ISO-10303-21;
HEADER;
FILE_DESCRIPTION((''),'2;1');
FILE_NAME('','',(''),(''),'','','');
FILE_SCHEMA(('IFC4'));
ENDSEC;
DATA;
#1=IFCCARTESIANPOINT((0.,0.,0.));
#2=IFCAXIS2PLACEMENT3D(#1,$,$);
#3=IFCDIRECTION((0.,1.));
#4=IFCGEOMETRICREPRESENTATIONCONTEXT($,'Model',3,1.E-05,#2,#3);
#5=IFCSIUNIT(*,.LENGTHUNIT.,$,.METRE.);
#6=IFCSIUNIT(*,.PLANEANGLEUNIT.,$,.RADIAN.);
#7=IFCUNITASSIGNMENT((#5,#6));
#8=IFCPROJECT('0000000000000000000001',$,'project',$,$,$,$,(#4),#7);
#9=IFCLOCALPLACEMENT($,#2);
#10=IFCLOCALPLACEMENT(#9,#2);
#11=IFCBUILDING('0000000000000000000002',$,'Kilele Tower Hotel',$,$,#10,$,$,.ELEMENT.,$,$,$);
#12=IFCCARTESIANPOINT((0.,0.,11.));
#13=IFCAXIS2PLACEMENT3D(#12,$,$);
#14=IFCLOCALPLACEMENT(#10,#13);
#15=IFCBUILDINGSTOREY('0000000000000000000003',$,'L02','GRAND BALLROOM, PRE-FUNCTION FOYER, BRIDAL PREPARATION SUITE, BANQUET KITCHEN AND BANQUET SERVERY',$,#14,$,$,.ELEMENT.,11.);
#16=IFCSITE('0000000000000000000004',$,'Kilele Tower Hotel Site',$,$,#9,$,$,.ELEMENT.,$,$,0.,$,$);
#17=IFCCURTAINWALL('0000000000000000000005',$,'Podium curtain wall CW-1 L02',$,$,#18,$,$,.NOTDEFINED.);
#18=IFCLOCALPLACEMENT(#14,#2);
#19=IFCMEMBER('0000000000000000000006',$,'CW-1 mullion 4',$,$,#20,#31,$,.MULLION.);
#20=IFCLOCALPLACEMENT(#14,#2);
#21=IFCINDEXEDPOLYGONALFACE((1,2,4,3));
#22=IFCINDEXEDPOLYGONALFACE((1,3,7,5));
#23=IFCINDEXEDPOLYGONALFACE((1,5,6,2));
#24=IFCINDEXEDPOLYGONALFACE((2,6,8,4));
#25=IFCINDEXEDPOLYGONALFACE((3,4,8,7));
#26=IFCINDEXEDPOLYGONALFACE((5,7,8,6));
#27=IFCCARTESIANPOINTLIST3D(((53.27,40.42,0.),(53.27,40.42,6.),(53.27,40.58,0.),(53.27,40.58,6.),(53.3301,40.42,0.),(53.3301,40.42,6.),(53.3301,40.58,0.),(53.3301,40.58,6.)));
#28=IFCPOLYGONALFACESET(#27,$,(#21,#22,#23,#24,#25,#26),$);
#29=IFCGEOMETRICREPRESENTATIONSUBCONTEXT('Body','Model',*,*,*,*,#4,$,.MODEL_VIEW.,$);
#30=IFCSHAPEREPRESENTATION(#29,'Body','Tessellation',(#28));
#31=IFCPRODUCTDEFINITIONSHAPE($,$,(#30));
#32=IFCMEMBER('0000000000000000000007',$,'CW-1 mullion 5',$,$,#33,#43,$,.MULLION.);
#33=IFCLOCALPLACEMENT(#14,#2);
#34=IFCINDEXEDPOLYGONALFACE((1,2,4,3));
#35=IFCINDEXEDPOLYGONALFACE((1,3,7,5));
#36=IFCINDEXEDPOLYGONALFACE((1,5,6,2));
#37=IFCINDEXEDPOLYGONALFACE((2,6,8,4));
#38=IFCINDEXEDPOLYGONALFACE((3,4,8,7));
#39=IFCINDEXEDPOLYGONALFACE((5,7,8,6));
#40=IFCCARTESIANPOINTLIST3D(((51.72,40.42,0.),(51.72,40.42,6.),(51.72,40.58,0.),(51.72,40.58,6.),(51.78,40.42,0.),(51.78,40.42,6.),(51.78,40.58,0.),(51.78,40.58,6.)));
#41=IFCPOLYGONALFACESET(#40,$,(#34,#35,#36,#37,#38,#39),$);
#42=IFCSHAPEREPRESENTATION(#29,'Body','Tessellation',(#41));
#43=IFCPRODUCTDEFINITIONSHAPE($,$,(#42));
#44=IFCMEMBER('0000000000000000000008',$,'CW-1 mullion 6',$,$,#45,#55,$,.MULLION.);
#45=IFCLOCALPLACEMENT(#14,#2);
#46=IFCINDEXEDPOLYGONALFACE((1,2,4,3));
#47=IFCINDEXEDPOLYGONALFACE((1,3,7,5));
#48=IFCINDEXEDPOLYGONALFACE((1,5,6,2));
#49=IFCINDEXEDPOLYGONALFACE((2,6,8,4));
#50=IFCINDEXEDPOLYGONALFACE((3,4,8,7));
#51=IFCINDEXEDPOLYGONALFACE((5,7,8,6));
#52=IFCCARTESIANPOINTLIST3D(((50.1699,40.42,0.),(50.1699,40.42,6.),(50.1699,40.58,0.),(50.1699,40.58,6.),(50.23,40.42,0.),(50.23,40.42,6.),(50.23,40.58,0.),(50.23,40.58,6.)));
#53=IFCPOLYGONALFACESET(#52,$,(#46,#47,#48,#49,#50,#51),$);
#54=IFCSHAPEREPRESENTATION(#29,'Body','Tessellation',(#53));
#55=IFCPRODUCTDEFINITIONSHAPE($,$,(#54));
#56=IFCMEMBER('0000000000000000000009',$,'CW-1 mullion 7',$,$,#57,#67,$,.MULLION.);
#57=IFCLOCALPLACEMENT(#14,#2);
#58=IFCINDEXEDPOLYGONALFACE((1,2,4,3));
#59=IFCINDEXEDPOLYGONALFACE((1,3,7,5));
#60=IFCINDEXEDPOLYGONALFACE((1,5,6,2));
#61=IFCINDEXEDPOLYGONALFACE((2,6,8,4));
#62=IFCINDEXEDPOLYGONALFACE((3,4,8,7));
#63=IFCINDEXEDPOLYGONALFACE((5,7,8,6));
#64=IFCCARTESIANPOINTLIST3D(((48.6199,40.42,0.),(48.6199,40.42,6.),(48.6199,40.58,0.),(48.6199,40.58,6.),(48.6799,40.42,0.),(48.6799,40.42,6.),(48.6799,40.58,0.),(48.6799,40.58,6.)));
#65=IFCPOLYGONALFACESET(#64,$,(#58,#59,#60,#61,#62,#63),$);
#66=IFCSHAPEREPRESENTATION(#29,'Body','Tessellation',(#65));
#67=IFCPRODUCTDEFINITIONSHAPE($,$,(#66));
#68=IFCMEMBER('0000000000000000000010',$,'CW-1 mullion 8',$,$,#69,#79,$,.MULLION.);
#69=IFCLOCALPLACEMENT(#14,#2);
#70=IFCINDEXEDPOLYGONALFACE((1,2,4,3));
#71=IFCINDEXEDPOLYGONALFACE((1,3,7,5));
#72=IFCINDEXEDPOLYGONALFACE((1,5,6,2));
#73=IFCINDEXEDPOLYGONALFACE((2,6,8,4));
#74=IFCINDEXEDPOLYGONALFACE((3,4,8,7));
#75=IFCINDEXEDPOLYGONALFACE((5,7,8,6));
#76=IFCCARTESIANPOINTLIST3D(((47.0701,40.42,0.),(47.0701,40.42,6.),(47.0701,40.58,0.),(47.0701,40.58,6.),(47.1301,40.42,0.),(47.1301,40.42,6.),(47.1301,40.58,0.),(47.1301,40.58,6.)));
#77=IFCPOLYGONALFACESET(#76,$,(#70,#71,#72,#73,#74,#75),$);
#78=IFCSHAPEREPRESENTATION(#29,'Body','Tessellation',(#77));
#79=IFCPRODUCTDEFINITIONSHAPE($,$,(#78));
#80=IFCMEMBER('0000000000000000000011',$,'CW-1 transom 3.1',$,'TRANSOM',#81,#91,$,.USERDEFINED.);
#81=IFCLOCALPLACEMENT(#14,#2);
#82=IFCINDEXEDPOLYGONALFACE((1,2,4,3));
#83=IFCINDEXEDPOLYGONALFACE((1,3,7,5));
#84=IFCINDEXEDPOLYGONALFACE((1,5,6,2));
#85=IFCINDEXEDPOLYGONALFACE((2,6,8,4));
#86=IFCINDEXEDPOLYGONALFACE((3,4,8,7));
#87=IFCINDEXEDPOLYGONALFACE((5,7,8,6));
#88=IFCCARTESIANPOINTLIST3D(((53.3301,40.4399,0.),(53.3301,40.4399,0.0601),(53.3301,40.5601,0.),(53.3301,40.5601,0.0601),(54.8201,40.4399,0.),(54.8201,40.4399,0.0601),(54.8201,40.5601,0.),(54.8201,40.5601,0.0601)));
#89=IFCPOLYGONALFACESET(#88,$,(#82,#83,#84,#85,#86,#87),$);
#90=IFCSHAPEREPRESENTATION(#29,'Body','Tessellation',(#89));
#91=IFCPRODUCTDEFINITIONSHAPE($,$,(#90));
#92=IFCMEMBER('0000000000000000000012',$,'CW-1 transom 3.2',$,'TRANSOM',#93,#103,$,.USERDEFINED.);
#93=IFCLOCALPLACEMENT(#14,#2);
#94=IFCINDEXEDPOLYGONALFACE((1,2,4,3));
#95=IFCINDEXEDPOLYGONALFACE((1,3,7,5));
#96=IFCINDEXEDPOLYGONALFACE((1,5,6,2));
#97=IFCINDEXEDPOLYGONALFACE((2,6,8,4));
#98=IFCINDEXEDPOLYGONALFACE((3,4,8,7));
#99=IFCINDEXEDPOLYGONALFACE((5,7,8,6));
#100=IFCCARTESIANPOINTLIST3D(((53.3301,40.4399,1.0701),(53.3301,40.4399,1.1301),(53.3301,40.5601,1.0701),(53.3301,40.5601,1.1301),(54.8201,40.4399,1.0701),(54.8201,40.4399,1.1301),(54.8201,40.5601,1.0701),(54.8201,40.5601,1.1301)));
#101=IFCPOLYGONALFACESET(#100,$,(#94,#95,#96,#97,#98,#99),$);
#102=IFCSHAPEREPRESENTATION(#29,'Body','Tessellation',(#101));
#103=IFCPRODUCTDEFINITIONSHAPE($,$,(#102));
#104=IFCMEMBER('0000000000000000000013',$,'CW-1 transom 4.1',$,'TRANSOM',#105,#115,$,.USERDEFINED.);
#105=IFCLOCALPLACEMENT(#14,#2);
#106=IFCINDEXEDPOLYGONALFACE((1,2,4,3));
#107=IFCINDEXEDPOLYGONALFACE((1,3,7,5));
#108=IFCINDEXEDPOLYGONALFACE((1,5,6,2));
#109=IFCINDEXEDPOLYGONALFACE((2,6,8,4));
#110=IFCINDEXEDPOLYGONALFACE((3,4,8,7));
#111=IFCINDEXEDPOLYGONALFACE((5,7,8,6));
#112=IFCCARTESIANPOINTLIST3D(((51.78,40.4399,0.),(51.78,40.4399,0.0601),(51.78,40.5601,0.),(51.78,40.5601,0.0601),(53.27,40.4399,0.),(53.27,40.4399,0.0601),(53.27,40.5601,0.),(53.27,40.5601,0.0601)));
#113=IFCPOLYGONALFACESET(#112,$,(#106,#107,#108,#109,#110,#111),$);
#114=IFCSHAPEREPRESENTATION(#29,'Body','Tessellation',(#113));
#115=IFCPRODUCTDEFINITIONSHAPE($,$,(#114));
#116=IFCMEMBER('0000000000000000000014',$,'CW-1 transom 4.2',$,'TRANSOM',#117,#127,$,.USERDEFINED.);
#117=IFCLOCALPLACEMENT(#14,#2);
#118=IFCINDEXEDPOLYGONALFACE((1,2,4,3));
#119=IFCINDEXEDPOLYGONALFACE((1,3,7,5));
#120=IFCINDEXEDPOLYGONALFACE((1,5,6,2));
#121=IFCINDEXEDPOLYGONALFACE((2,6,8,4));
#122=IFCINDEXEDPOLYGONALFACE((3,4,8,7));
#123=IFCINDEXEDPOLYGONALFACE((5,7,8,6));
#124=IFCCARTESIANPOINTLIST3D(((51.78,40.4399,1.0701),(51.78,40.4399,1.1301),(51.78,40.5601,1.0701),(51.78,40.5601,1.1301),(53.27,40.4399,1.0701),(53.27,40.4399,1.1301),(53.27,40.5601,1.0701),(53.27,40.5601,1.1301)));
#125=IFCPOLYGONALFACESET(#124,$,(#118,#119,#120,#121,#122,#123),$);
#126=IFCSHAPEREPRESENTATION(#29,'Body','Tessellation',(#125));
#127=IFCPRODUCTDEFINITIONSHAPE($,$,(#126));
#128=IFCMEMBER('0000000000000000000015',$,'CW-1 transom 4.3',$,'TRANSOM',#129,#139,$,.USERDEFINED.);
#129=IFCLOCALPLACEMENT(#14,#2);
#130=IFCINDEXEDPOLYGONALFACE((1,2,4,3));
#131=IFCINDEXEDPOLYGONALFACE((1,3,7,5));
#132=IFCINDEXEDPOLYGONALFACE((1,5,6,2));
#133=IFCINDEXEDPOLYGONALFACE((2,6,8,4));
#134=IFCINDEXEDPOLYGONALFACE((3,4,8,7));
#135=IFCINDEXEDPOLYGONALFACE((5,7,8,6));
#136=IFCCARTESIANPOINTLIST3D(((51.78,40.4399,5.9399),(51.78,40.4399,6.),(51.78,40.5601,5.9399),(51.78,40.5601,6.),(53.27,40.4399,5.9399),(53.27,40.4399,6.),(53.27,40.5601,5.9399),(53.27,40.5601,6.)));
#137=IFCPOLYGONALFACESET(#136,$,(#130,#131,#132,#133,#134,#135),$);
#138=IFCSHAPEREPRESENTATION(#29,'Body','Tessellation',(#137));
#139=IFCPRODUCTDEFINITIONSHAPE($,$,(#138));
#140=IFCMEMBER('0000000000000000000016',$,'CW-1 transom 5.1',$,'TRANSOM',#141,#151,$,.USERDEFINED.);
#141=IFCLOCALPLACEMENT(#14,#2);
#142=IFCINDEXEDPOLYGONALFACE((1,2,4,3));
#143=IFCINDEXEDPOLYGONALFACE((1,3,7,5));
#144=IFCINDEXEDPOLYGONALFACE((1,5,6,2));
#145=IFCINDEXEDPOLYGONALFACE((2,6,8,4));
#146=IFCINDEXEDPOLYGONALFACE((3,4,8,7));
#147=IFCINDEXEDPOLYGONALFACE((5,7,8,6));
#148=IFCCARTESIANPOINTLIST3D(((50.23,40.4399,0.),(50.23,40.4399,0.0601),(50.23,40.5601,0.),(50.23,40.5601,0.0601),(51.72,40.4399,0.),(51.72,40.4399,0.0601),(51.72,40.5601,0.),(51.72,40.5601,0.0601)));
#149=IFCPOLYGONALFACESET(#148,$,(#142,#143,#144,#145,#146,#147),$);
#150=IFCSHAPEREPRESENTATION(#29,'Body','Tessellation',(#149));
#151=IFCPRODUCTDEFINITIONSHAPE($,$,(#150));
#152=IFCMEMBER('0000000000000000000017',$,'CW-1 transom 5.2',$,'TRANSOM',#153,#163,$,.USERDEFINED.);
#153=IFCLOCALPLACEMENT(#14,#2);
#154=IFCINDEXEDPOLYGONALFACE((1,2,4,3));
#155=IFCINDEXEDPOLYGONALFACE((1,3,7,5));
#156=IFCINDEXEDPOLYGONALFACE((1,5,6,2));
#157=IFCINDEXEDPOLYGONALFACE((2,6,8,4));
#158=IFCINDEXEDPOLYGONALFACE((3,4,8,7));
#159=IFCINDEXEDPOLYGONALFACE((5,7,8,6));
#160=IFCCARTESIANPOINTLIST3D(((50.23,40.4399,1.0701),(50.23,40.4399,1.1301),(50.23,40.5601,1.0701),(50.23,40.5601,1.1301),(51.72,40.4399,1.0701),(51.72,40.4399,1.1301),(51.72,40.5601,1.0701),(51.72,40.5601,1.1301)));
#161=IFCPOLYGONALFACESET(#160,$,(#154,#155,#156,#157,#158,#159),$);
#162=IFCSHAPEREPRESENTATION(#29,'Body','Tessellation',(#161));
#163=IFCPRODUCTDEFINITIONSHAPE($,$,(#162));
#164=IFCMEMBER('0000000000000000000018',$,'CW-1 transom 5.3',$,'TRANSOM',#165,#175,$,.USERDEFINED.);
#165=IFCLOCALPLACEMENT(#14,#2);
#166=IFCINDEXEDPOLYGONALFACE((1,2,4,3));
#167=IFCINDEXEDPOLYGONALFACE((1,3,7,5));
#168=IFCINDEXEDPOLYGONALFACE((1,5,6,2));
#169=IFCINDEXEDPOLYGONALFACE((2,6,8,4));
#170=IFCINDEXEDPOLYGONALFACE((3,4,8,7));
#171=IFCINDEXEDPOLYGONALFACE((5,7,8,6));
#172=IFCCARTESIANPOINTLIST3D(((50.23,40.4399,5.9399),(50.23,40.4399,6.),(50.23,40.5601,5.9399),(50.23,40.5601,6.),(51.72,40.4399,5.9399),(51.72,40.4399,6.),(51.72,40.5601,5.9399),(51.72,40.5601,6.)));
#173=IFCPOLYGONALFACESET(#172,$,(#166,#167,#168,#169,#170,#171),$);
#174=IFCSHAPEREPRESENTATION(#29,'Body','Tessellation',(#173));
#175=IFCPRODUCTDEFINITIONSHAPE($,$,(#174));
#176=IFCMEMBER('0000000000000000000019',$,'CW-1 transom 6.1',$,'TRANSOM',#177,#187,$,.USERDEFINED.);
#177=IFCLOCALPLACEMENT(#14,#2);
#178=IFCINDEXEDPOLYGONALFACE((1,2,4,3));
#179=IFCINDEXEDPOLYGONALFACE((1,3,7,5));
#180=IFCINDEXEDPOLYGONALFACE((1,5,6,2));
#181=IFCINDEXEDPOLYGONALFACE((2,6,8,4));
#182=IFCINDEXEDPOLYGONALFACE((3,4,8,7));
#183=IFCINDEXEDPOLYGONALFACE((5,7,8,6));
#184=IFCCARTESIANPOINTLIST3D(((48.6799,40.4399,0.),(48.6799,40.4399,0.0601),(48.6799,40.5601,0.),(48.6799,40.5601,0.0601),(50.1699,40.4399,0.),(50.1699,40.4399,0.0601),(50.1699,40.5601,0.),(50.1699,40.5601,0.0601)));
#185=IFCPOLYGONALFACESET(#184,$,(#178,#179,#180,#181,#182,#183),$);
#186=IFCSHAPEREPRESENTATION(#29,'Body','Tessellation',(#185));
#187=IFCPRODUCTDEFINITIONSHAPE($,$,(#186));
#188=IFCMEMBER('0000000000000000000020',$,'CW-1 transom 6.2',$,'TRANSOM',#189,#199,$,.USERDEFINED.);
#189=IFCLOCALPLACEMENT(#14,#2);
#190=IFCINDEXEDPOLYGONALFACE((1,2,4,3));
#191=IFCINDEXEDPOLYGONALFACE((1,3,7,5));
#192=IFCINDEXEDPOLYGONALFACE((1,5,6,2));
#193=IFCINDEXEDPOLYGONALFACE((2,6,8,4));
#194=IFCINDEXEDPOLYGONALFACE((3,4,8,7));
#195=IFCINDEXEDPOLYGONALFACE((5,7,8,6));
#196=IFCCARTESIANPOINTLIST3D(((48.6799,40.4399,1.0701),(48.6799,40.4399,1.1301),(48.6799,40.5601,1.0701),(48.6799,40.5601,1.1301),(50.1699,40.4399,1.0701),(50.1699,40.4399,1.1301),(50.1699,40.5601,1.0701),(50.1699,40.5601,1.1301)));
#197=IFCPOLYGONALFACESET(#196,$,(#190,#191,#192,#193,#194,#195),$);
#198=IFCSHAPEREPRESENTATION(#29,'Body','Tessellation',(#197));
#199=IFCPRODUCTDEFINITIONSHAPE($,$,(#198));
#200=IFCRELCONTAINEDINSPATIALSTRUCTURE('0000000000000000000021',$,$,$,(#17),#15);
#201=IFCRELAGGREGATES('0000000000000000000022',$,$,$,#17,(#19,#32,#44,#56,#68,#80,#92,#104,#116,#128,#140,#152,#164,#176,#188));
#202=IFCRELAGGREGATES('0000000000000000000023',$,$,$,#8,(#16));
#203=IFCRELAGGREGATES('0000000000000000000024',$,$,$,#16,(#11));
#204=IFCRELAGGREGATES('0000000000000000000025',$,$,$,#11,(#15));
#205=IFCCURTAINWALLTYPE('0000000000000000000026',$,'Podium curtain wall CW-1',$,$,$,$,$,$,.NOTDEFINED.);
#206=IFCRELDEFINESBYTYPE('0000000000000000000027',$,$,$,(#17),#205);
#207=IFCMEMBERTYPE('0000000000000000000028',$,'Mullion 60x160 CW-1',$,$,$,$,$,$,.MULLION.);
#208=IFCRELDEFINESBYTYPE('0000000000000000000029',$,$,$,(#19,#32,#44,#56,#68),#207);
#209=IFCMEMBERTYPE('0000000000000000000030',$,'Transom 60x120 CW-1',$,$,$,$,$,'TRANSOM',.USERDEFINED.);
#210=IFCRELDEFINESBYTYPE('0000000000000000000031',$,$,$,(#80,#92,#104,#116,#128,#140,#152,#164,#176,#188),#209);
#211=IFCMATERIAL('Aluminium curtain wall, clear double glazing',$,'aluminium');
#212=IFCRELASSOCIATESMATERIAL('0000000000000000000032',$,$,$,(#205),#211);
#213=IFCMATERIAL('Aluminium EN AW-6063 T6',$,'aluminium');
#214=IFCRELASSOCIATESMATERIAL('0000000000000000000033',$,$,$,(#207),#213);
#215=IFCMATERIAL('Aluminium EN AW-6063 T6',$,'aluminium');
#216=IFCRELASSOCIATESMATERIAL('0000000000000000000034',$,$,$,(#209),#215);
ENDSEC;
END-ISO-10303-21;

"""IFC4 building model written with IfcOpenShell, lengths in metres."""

from ifc_helpers import new_model, si_unit, direction, frame, origin, origin_2d, place, context, subcontext, project, spatial, rectangle, extrude, material, material_profile, profile_set, type_object, element, aggregate, save


model = new_model("IFC4")

# Units and contexts
model_context = context("Model", 3, precision=1e-05, world=origin(), true_north=direction((0.0, 1.0)))
body_context = subcontext(model_context, "Body", "Model", "MODEL_VIEW")
ifc_project = project(units=[si_unit("LENGTHUNIT", "METRE"), si_unit("PLANEANGLEUNIT", "RADIAN")], contexts=[model_context])

# Site, building, storey
site_placement = place(None, origin())
site = spatial("IfcSite", under=ifc_project, at=site_placement, Name="Kilele Tower Hotel Site", CompositionType="ELEMENT", RefElevation=0.0)
building_placement = place(site_placement, origin())
building = spatial("IfcBuilding", under=site, at=building_placement, Name="Kilele Tower Hotel", CompositionType="ELEMENT")
storey_placement = place(building_placement, frame((0.0, 0.0, 11.0)))
storey = spatial("IfcBuildingStorey", under=building, at=storey_placement, Name="L02", Description="GRAND BALLROOM, PRE-FUNCTION FOYER, BRIDAL PREPARATION SUITE, BANQUET KITCHEN AND BANQUET SERVERY", CompositionType="ELEMENT", Elevation=11.0)

# Curtain wall, members
ifc_material_1 = material(Name="Aluminium curtain wall, clear double glazing", Category="aluminium")
curtain_wall_type = type_object("IfcCurtainWallType", Name="Podium curtain wall CW-1", PredefinedType="NOTDEFINED", material=ifc_material_1)
curtain_wall_placement = place(storey_placement, origin())
curtain_wall = element("IfcCurtainWall", 1, at=curtain_wall_placement, inside=storey, type_object=curtain_wall_type, Name="Podium curtain wall CW-1 L02", PredefinedType="NOTDEFINED")
ifc_material_2 = material(Name="Aluminium EN AW-6063 T6", Category="aluminium")
ifc_material_profile_1 = material_profile(ifc_material_2, rectangle(XDim=0.1599, YDim=0.0601, at=origin_2d()))
ifc_profile_set_1 = profile_set([ifc_material_profile_1], Name="Aluminium EN AW-6063 T6")
member_type_1 = type_object("IfcMemberType", Name="Mullion 60x160 CW-1", PredefinedType="MULLION", material=ifc_profile_set_1)
member_1_placement = place(storey_placement, frame((53.3, 40.5, 0.0), z_axis=(0.0, 0.0, 1.0), x_axis=(0.0, -1.0, 0.0)))
member_1 = element("IfcMember", 2, at=member_1_placement, type_object=member_type_1, Name="CW-1 mullion 4", PredefinedType="MULLION", context=body_context, shape_type="SweptSolid", body=[
    extrude(rectangle(XDim=0.1599, YDim=0.0601, at=origin_2d()), origin(), (0.0, 0.0, 1.0), 6.0),
])
member_2_placement = place(storey_placement, frame((51.75, 40.5, 0.0), z_axis=(0.0, 0.0, 1.0), x_axis=(0.0, -1.0, 0.0)))
member_2 = element("IfcMember", 3, at=member_2_placement, type_object=member_type_1, Name="CW-1 mullion 5", PredefinedType="MULLION", context=body_context, shape_type="SweptSolid", body=[
    extrude(rectangle(XDim=0.1599, YDim=0.0601, at=origin_2d()), origin(), (0.0, 0.0, 1.0), 6.0),
])
member_3_placement = place(storey_placement, frame((50.2, 40.5, 0.0), z_axis=(0.0, 0.0, 1.0), x_axis=(0.0, -1.0, 0.0)))
member_3 = element("IfcMember", 4, at=member_3_placement, type_object=member_type_1, Name="CW-1 mullion 6", PredefinedType="MULLION", context=body_context, shape_type="SweptSolid", body=[
    extrude(rectangle(XDim=0.1599, YDim=0.0601, at=origin_2d()), origin(), (0.0, 0.0, 1.0), 6.0),
])
member_4_placement = place(storey_placement, frame((48.6499, 40.5, 0.0), z_axis=(0.0, 0.0, 1.0), x_axis=(0.0, -1.0, 0.0)))
member_4 = element("IfcMember", 5, at=member_4_placement, type_object=member_type_1, Name="CW-1 mullion 7", PredefinedType="MULLION", context=body_context, shape_type="SweptSolid", body=[
    extrude(rectangle(XDim=0.1599, YDim=0.0601, at=origin_2d()), origin(), (0.0, 0.0, 1.0), 6.0),
])
member_5_placement = place(storey_placement, frame((47.1001, 40.5, 0.0), z_axis=(0.0, 0.0, 1.0), x_axis=(0.0, -1.0, 0.0)))
member_5 = element("IfcMember", 6, at=member_5_placement, type_object=member_type_1, Name="CW-1 mullion 8", PredefinedType="MULLION", context=body_context, shape_type="SweptSolid", body=[
    extrude(rectangle(XDim=0.1599, YDim=0.0601, at=origin_2d()), origin(), (0.0, 0.0, 1.0), 6.0),
])
ifc_material_3 = material(Name="Aluminium EN AW-6063 T6", Category="aluminium")
ifc_material_profile_2 = material_profile(ifc_material_3, rectangle(XDim=0.1201, YDim=0.0601, at=origin_2d()))
ifc_profile_set_2 = profile_set([ifc_material_profile_2], Name="Aluminium EN AW-6063 T6")
member_type_2 = type_object("IfcMemberType", Name="Transom 60x120 CW-1", ElementType="TRANSOM", PredefinedType="USERDEFINED", material=ifc_profile_set_2)
member_6_placement = place(storey_placement, frame((54.8201, 40.5, 0.03), z_axis=(-1.0, 0.0, 0.0), x_axis=(0.0, -1.0, 0.0)))
member_6 = element("IfcMember", 7, at=member_6_placement, type_object=member_type_2, Name="CW-1 transom 3.1", ObjectType="TRANSOM", PredefinedType="USERDEFINED", context=body_context, shape_type="SweptSolid", body=[
    extrude(rectangle(XDim=0.1201, YDim=0.0601, at=origin_2d()), origin(), (0.0, 0.0, 1.0), 1.49),
])
member_7_placement = place(storey_placement, frame((54.8201, 40.5, 1.1001), z_axis=(-1.0, 0.0, 0.0), x_axis=(0.0, -1.0, 0.0)))
member_7 = element("IfcMember", 8, at=member_7_placement, type_object=member_type_2, Name="CW-1 transom 3.2", ObjectType="TRANSOM", PredefinedType="USERDEFINED", context=body_context, shape_type="SweptSolid", body=[
    extrude(rectangle(XDim=0.1201, YDim=0.0601, at=origin_2d()), origin(), (0.0, 0.0, 1.0), 1.49),
])
member_8_placement = place(storey_placement, frame((53.27, 40.5, 0.03), z_axis=(-1.0, 0.0, 0.0), x_axis=(0.0, -1.0, 0.0)))
member_8 = element("IfcMember", 9, at=member_8_placement, type_object=member_type_2, Name="CW-1 transom 4.1", ObjectType="TRANSOM", PredefinedType="USERDEFINED", context=body_context, shape_type="SweptSolid", body=[
    extrude(rectangle(XDim=0.1201, YDim=0.0601, at=origin_2d()), origin(), (0.0, 0.0, 1.0), 1.49),
])
member_9_placement = place(storey_placement, frame((53.27, 40.5, 1.1001), z_axis=(-1.0, 0.0, 0.0), x_axis=(0.0, -1.0, 0.0)))
member_9 = element("IfcMember", 10, at=member_9_placement, type_object=member_type_2, Name="CW-1 transom 4.2", ObjectType="TRANSOM", PredefinedType="USERDEFINED", context=body_context, shape_type="SweptSolid", body=[
    extrude(rectangle(XDim=0.1201, YDim=0.0601, at=origin_2d()), origin(), (0.0, 0.0, 1.0), 1.49),
])
member_10_placement = place(storey_placement, frame((53.27, 40.5, 5.97), z_axis=(-1.0, 0.0, 0.0), x_axis=(0.0, -1.0, 0.0)))
member_10 = element("IfcMember", 11, at=member_10_placement, type_object=member_type_2, Name="CW-1 transom 4.3", ObjectType="TRANSOM", PredefinedType="USERDEFINED", context=body_context, shape_type="SweptSolid", body=[
    extrude(rectangle(XDim=0.1201, YDim=0.0601, at=origin_2d()), origin(), (0.0, 0.0, 1.0), 1.49),
])
member_11_placement = place(storey_placement, frame((51.72, 40.5, 0.03), z_axis=(-1.0, 0.0, 0.0), x_axis=(0.0, -1.0, 0.0)))
member_11 = element("IfcMember", 12, at=member_11_placement, type_object=member_type_2, Name="CW-1 transom 5.1", ObjectType="TRANSOM", PredefinedType="USERDEFINED", context=body_context, shape_type="SweptSolid", body=[
    extrude(rectangle(XDim=0.1201, YDim=0.0601, at=origin_2d()), origin(), (0.0, 0.0, 1.0), 1.49),
])
member_12_placement = place(storey_placement, frame((51.72, 40.5, 1.1001), z_axis=(-1.0, 0.0, 0.0), x_axis=(0.0, -1.0, 0.0)))
member_12 = element("IfcMember", 13, at=member_12_placement, type_object=member_type_2, Name="CW-1 transom 5.2", ObjectType="TRANSOM", PredefinedType="USERDEFINED", context=body_context, shape_type="SweptSolid", body=[
    extrude(rectangle(XDim=0.1201, YDim=0.0601, at=origin_2d()), origin(), (0.0, 0.0, 1.0), 1.49),
])
member_13_placement = place(storey_placement, frame((51.72, 40.5, 5.97), z_axis=(-1.0, 0.0, 0.0), x_axis=(0.0, -1.0, 0.0)))
member_13 = element("IfcMember", 14, at=member_13_placement, type_object=member_type_2, Name="CW-1 transom 5.3", ObjectType="TRANSOM", PredefinedType="USERDEFINED", context=body_context, shape_type="SweptSolid", body=[
    extrude(rectangle(XDim=0.1201, YDim=0.0601, at=origin_2d()), origin(), (0.0, 0.0, 1.0), 1.49),
])
member_14_placement = place(storey_placement, frame((50.1699, 40.5, 0.03), z_axis=(-1.0, 0.0, 0.0), x_axis=(0.0, -1.0, 0.0)))
member_14 = element("IfcMember", 15, at=member_14_placement, type_object=member_type_2, Name="CW-1 transom 6.1", ObjectType="TRANSOM", PredefinedType="USERDEFINED", context=body_context, shape_type="SweptSolid", body=[
    extrude(rectangle(XDim=0.1201, YDim=0.0601, at=origin_2d()), origin(), (0.0, 0.0, 1.0), 1.49),
])
member_15_placement = place(storey_placement, frame((50.1699, 40.5, 1.1001), z_axis=(-1.0, 0.0, 0.0), x_axis=(0.0, -1.0, 0.0)))
member_15 = element("IfcMember", 16, at=member_15_placement, type_object=member_type_2, Name="CW-1 transom 6.2", ObjectType="TRANSOM", PredefinedType="USERDEFINED", context=body_context, shape_type="SweptSolid", body=[
    extrude(rectangle(XDim=0.1201, YDim=0.0601, at=origin_2d()), origin(), (0.0, 0.0, 1.0), 1.49),
])
aggregate(curtain_wall, [member_1, member_2, member_3, member_4, member_5, member_6, member_7, member_8, member_9, member_10, member_11, member_12, member_13, member_14, member_15])

save(model, "model.ifc")
